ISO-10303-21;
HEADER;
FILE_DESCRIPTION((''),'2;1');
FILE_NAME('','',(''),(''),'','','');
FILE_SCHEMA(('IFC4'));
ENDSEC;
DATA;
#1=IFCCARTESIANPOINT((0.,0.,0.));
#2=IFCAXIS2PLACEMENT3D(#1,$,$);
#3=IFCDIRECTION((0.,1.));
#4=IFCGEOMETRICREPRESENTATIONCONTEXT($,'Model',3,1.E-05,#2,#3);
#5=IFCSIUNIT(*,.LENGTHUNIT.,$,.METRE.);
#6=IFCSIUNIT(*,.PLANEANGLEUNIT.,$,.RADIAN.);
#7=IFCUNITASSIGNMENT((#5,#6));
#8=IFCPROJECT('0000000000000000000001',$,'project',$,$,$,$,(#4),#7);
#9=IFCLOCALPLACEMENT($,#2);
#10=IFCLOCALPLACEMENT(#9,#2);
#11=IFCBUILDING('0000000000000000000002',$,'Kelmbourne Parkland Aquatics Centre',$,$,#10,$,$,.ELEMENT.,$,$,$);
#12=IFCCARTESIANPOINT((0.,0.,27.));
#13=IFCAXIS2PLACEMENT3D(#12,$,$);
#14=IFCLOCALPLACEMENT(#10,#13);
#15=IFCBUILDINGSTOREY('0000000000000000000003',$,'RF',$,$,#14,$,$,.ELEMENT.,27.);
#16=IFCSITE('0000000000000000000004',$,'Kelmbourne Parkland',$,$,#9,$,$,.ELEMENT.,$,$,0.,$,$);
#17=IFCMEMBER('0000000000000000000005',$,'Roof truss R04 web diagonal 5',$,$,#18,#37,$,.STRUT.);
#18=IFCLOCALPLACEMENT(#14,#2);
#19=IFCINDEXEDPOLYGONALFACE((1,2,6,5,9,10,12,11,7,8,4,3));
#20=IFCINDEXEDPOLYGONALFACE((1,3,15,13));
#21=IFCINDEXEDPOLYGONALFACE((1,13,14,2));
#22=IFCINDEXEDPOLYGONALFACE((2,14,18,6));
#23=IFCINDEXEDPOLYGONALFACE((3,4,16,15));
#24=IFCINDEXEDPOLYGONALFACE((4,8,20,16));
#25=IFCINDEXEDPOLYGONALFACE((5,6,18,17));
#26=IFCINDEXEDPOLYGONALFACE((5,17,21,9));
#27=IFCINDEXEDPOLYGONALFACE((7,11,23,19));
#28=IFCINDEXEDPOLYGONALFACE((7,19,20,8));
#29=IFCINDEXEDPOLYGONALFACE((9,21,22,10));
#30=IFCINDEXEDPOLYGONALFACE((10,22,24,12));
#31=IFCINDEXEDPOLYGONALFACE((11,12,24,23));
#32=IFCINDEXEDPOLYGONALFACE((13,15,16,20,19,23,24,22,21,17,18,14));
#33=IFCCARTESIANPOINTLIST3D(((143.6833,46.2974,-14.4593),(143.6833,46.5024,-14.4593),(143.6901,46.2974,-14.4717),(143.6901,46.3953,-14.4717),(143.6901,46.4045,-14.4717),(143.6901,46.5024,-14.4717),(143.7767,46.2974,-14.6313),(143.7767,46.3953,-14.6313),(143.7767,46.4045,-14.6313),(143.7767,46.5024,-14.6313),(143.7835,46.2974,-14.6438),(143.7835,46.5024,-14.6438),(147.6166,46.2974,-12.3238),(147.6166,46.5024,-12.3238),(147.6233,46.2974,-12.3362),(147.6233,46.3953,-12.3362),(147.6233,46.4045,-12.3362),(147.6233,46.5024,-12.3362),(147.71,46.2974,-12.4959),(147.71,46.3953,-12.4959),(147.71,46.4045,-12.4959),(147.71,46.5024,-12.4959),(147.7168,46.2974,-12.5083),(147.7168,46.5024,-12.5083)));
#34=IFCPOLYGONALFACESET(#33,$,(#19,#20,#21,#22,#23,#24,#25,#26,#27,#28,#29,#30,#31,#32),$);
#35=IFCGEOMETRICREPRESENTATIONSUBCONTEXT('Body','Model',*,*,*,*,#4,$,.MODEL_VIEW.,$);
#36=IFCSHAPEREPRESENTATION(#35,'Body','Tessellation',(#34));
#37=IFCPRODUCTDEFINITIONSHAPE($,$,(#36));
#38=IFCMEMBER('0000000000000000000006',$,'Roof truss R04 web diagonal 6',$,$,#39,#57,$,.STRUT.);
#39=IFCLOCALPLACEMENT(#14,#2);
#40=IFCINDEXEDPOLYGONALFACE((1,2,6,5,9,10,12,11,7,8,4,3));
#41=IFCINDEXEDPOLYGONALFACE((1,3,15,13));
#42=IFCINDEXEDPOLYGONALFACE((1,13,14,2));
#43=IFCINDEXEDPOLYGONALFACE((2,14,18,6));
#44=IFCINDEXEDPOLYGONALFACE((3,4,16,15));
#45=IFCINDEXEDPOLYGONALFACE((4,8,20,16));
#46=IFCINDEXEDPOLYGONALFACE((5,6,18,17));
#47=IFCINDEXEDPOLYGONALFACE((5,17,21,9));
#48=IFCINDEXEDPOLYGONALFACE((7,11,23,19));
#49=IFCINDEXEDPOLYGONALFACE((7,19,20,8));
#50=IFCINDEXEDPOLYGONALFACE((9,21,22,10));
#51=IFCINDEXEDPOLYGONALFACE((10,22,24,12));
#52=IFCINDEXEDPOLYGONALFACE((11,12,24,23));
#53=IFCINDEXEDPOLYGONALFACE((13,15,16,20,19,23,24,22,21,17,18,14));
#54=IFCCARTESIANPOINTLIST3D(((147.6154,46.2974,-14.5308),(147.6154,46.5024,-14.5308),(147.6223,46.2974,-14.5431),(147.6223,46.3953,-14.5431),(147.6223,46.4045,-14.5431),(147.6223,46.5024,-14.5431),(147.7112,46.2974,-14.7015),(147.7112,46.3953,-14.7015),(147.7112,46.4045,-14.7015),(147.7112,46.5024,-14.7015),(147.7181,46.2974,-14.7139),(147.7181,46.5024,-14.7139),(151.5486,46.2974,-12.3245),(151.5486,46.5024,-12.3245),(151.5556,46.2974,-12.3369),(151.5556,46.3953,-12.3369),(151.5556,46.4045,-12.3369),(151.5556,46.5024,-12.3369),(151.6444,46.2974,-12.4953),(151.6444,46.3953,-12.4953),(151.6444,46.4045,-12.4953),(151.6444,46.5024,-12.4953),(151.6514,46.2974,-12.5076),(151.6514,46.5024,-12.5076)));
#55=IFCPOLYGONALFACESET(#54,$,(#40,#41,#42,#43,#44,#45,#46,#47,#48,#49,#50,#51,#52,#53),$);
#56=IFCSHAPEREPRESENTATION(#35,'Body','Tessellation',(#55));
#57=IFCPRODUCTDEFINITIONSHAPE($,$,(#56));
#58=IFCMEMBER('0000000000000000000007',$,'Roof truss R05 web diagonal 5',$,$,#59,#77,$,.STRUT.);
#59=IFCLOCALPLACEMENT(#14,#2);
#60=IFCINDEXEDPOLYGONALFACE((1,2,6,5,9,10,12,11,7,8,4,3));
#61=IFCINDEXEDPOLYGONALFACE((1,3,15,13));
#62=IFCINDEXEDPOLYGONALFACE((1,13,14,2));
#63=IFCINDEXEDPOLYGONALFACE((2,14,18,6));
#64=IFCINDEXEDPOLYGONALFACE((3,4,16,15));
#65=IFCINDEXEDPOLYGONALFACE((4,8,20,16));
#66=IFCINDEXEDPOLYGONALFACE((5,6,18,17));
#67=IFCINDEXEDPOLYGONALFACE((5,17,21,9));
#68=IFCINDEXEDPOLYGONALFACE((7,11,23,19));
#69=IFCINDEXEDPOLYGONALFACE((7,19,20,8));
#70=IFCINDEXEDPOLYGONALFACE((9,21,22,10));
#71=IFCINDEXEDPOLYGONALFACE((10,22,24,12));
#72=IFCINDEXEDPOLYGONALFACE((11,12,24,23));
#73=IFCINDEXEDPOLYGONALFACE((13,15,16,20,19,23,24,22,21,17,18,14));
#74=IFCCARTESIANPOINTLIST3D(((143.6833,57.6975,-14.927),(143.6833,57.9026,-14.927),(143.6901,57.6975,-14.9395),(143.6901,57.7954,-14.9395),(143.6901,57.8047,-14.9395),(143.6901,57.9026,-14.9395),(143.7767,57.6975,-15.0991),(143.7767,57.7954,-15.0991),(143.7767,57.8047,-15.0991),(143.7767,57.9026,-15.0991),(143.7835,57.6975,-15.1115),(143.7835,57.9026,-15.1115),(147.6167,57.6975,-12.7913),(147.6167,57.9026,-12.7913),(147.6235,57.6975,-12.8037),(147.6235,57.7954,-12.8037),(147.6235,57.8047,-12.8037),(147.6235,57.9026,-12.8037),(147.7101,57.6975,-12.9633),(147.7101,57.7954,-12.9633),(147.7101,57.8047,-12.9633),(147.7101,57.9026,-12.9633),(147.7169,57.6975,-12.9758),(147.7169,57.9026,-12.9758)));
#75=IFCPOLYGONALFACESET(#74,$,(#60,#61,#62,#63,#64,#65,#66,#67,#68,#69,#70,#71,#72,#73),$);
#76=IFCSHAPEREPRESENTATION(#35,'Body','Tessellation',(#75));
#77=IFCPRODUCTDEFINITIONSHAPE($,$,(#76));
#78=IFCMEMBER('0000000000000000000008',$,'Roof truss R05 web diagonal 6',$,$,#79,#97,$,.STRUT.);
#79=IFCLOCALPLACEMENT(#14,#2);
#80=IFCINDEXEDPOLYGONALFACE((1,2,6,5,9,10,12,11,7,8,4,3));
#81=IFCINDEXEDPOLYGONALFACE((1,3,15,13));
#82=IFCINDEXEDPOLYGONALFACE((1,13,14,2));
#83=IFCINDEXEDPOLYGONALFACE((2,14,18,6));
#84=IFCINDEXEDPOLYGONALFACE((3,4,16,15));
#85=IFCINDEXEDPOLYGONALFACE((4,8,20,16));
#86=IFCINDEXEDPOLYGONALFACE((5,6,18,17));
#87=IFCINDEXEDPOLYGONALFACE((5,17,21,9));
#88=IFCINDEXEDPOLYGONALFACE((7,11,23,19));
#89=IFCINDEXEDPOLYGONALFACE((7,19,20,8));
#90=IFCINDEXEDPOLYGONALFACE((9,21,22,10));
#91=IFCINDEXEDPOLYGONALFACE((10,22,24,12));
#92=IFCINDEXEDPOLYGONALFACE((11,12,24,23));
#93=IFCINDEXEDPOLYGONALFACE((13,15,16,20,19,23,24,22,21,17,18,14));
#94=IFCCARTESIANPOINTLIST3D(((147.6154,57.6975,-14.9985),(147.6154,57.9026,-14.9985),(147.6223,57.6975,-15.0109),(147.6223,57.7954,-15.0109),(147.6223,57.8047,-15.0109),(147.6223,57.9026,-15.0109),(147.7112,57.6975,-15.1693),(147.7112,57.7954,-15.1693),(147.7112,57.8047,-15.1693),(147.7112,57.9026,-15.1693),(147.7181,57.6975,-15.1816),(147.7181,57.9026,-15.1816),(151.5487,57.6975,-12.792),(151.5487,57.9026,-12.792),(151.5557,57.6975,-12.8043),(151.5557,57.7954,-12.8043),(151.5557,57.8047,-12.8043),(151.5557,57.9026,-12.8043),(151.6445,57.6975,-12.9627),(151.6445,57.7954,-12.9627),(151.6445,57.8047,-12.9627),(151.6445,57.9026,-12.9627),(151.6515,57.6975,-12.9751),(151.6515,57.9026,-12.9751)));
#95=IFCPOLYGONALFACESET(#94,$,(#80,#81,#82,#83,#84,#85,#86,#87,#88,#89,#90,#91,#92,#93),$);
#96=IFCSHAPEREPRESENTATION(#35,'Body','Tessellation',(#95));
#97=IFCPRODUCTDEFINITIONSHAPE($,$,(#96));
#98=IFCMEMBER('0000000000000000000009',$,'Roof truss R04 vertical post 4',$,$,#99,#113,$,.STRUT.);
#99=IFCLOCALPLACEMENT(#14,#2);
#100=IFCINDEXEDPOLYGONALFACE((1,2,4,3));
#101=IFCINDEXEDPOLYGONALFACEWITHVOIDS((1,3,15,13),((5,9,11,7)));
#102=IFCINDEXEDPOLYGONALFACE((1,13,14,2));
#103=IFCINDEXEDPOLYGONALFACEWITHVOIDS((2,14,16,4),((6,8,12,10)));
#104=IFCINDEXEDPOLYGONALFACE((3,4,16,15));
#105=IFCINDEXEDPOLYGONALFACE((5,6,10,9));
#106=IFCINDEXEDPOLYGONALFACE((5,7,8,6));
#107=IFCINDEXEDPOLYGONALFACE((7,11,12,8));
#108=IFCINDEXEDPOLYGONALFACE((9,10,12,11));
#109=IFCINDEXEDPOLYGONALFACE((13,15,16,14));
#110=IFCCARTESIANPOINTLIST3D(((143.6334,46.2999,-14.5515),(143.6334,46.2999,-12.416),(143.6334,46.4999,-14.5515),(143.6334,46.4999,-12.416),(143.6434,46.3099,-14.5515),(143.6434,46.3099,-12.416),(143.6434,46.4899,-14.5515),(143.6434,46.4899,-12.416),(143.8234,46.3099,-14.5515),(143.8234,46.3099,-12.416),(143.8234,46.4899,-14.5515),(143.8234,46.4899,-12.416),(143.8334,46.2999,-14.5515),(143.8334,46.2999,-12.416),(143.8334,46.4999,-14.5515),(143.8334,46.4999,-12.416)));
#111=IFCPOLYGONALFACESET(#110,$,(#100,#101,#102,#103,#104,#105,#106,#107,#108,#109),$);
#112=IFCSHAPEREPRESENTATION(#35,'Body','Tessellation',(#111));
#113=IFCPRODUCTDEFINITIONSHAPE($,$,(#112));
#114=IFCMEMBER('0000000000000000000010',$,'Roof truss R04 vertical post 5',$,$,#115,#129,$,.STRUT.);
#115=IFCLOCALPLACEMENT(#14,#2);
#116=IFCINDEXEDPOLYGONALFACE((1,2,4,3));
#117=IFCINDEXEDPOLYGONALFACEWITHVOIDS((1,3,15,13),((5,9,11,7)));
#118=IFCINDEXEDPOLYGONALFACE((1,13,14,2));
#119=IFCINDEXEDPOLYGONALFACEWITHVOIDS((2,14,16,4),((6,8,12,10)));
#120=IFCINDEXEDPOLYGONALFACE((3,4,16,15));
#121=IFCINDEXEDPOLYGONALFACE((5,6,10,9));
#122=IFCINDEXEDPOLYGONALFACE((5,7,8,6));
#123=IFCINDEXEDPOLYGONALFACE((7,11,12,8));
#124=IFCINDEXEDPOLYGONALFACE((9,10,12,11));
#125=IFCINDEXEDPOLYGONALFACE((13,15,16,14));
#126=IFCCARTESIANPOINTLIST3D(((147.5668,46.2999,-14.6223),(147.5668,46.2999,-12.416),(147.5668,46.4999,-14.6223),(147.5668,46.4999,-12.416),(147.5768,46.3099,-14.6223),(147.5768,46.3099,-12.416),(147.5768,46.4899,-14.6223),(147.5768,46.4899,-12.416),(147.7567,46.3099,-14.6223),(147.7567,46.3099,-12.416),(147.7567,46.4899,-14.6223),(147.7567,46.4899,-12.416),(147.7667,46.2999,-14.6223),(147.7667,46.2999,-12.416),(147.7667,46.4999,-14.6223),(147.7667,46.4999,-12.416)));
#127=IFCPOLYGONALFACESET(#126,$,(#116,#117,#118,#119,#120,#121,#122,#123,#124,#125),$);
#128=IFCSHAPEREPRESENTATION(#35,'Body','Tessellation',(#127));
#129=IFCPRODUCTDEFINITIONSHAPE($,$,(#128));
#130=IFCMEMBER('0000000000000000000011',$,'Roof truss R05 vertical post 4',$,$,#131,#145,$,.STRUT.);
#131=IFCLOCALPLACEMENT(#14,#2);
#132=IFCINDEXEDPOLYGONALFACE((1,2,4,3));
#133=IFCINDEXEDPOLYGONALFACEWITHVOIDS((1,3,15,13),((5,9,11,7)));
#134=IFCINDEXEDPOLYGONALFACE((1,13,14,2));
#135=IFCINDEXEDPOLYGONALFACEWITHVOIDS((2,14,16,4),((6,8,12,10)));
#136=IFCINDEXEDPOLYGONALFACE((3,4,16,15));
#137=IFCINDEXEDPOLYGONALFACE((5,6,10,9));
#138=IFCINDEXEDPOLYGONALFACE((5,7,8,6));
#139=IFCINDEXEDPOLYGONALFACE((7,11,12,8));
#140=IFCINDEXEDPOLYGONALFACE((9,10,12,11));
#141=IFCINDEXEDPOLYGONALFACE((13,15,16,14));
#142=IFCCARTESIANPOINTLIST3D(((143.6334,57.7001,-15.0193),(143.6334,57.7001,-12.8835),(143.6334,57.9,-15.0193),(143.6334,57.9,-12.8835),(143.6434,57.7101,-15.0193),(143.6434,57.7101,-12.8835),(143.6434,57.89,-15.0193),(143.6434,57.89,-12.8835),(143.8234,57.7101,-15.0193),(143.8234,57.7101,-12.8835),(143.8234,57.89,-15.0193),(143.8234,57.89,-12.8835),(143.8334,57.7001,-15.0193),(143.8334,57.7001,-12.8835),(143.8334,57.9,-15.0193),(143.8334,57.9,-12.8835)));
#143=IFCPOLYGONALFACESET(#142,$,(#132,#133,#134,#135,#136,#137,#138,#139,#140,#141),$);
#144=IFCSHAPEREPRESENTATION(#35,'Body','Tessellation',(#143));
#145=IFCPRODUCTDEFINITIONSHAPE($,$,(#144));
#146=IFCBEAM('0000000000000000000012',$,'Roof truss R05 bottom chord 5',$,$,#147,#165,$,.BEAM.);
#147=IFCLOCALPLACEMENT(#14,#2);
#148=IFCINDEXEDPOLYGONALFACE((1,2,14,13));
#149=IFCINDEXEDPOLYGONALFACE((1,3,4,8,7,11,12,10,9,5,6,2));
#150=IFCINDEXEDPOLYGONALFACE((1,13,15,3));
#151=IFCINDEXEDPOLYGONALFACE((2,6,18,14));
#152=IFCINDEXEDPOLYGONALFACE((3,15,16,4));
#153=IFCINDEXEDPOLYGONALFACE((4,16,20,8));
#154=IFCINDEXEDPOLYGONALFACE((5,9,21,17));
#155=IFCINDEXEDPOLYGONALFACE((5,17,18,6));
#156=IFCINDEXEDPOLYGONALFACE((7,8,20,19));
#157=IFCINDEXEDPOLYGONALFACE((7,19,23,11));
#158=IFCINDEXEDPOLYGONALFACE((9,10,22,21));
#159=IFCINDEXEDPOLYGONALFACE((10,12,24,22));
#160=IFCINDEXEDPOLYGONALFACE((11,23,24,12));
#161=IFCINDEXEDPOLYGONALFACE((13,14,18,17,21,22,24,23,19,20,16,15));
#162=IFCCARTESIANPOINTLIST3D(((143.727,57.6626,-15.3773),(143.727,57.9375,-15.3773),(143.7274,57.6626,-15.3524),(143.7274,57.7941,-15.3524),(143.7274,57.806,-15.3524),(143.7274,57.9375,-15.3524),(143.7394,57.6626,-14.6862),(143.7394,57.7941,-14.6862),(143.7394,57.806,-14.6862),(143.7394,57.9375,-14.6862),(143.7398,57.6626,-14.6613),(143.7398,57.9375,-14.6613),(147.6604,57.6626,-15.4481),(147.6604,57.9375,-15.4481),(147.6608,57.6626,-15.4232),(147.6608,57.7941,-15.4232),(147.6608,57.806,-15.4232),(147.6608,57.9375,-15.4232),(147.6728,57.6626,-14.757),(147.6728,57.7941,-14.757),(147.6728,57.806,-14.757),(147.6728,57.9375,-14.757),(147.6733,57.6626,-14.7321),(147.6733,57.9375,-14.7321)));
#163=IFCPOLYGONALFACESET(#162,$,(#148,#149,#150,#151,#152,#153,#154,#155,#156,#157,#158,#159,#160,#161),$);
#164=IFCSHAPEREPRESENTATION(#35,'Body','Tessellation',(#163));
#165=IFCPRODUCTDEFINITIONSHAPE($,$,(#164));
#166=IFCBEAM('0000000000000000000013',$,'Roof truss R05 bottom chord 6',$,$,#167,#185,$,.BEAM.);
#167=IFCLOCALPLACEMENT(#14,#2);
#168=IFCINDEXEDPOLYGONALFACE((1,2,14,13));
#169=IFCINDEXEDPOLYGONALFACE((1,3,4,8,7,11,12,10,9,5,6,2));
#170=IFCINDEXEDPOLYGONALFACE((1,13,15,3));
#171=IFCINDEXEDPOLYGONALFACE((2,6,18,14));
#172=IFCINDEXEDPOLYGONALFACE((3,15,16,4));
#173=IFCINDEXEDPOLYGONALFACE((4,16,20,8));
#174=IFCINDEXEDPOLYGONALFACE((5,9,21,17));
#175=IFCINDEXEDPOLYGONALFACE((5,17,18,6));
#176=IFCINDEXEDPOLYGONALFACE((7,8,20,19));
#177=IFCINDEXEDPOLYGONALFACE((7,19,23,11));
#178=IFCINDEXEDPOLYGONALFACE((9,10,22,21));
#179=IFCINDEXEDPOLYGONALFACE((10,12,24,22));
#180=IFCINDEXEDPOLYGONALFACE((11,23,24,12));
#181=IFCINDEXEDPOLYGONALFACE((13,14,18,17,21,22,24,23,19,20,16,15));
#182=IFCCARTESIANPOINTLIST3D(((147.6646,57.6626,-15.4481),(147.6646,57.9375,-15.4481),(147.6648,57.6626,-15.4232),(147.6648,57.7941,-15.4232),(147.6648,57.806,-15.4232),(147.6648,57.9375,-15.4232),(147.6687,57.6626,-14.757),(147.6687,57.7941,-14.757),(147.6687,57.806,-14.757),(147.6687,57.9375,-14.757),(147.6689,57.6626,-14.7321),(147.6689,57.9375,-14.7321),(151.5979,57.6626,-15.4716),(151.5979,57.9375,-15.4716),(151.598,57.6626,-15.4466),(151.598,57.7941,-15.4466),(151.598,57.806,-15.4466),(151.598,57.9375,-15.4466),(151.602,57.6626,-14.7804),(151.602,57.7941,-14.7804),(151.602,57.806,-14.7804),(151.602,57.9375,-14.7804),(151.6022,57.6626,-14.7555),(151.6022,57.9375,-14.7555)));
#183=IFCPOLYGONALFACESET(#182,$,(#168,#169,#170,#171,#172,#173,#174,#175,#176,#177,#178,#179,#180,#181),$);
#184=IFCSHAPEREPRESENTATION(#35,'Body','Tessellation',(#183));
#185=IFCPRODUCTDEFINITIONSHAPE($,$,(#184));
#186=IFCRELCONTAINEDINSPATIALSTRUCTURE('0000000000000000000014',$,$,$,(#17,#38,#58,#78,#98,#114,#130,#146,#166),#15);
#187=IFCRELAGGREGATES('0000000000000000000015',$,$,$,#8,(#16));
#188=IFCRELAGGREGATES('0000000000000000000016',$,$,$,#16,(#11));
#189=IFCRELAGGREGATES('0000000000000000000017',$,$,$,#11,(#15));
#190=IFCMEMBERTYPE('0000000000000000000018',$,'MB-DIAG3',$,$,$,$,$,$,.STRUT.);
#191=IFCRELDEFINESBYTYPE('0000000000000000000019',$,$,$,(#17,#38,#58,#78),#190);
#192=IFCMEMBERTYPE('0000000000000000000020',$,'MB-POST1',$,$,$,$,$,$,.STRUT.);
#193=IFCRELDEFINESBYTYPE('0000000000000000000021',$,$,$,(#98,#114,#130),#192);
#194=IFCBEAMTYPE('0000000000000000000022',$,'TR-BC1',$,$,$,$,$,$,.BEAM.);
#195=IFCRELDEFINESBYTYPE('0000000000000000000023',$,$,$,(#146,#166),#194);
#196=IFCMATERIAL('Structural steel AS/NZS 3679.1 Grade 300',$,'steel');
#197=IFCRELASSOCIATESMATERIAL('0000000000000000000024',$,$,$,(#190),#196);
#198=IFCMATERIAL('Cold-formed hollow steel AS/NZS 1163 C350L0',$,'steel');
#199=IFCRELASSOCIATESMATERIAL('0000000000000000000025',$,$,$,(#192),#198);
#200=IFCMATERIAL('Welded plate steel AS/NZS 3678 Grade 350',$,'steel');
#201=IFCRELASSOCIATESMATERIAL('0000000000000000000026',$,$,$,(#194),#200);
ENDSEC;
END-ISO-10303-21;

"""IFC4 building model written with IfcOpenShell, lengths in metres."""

from ifc_helpers import new_model, si_unit, direction, frame, origin, origin_2d, place, context, subcontext, project, spatial, hollow_rectangle, i_section, extrude, material, material_profile, profile_set, type_object, element, save


model = new_model("IFC4")

# Units and contexts
model_context = context("Model", 3, precision=1e-05, world=origin(), true_north=direction((0.0, 1.0)))
body_context = subcontext(model_context, "Body", "Model", "MODEL_VIEW")
ifc_project = project(units=[si_unit("LENGTHUNIT", "METRE"), si_unit("PLANEANGLEUNIT", "RADIAN")], contexts=[model_context])

# Site, building, storey
site_placement = place(None, origin())
site = spatial("IfcSite", under=ifc_project, at=site_placement, Name="Kelmbourne Parkland", CompositionType="ELEMENT", RefElevation=0.0)
building_placement = place(site_placement, origin())
building = spatial("IfcBuilding", under=site, at=building_placement, Name="Kelmbourne Parkland Aquatics Centre", CompositionType="ELEMENT")
storey_placement = place(building_placement, frame((0.0, 0.0, 27.0)))
storey = spatial("IfcBuildingStorey", under=building, at=storey_placement, Name="RF", CompositionType="ELEMENT", Elevation=27.0)

# Members
ifc_material_1 = material(Name="Structural steel AS/NZS 3679.1 Grade 300", Category="steel")
ifc_material_profile_1 = material_profile(ifc_material_1, i_section(OverallWidth=0.2051, OverallDepth=0.21, WebThickness=0.0093, FlangeThickness=0.0142, at=origin_2d()), Name="200UC59.5")
ifc_profile_set_1 = profile_set([ifc_material_profile_1], Name="Structural steel AS/NZS 3679.1 Grade 300")
member_type_1 = type_object("IfcMemberType", Name="MB-DIAG3", PredefinedType="STRUT", material=ifc_profile_set_1)
member_1_placement = place(storey_placement, frame((143.7334, 46.3999, -14.5515), z_axis=(0.87883, 0.0, 0.477135), x_axis=(0.0, 1.0, 0.0)))
element("IfcMember", 1, at=member_1_placement, inside=storey, type_object=member_type_1, Name="Roof truss R04 web diagonal 5", PredefinedType="STRUT", context=body_context, shape_type="SweptSolid", body=[
    extrude(i_section(OverallWidth=0.2051, OverallDepth=0.21, WebThickness=0.0093, FlangeThickness=0.0142, at=origin_2d()), origin(), (0.0, 0.0, 1.0), 4.4756),
])
member_2_placement = place(storey_placement, frame((147.6667, 46.3999, -14.6223), z_axis=(0.872163, 0.0, 0.489215), x_axis=(0.0, 1.0, 0.0)))
element("IfcMember", 2, at=member_2_placement, inside=storey, type_object=member_type_1, Name="Roof truss R04 web diagonal 6", PredefinedType="STRUT", context=body_context, shape_type="SweptSolid", body=[
    extrude(i_section(OverallWidth=0.2051, OverallDepth=0.21, WebThickness=0.0093, FlangeThickness=0.0142, at=origin_2d()), origin(), (0.0, 0.0, 1.0), 4.5098),
])
member_3_placement = place(storey_placement, frame((143.7334, 57.8, -15.0193), z_axis=(0.878807, 0.0, 0.477177), x_axis=(0.0, 1.0, 0.0)))
element("IfcMember", 3, at=member_3_placement, inside=storey, type_object=member_type_1, Name="Roof truss R05 web diagonal 5", PredefinedType="STRUT", context=body_context, shape_type="SweptSolid", body=[
    extrude(i_section(OverallWidth=0.2051, OverallDepth=0.21, WebThickness=0.0093, FlangeThickness=0.0142, at=origin_2d()), origin(), (0.0, 0.0, 1.0), 4.4758),
])
member_4_placement = place(storey_placement, frame((147.6667, 57.8, -15.0901), z_axis=(0.87214, 0.0, 0.489256), x_axis=(0.0, 1.0, 0.0)))
element("IfcMember", 4, at=member_4_placement, inside=storey, type_object=member_type_1, Name="Roof truss R05 web diagonal 6", PredefinedType="STRUT", context=body_context, shape_type="SweptSolid", body=[
    extrude(i_section(OverallWidth=0.2051, OverallDepth=0.21, WebThickness=0.0093, FlangeThickness=0.0142, at=origin_2d()), origin(), (0.0, 0.0, 1.0), 4.51),
])
ifc_material_2 = material(Name="Cold-formed hollow steel AS/NZS 1163 C350L0", Category="steel")
ifc_material_profile_2 = material_profile(ifc_material_2, hollow_rectangle(XDim=0.2, YDim=0.2, WallThickness=0.01, at=origin_2d()), Name="SHS 200x200x10.0")
ifc_profile_set_2 = profile_set([ifc_material_profile_2], Name="Cold-formed hollow steel AS/NZS 1163 C350L0")
member_type_2 = type_object("IfcMemberType", Name="MB-POST1", PredefinedType="STRUT", material=ifc_profile_set_2)
member_5_placement = place(storey_placement, frame((143.7334, 46.3999, -14.5515), z_axis=(0.0, 0.0, 1.0), x_axis=(1.0, 0.0, 0.0)))
element("IfcMember", 5, at=member_5_placement, inside=storey, type_object=member_type_2, Name="Roof truss R04 vertical post 4", PredefinedType="STRUT", context=body_context, shape_type="SweptSolid", body=[
    extrude(hollow_rectangle(XDim=0.2, YDim=0.2, WallThickness=0.01, at=origin_2d()), origin(), (0.0, 0.0, 1.0), 2.1355),
])
member_6_placement = place(storey_placement, frame((147.6667, 46.3999, -14.6223), z_axis=(0.0, 0.0, 1.0), x_axis=(1.0, 0.0, 0.0)))
element("IfcMember", 6, at=member_6_placement, inside=storey, type_object=member_type_2, Name="Roof truss R04 vertical post 5", PredefinedType="STRUT", context=body_context, shape_type="SweptSolid", body=[
    extrude(hollow_rectangle(XDim=0.2, YDim=0.2, WallThickness=0.01, at=origin_2d()), origin(), (0.0, 0.0, 1.0), 2.2063),
])
member_7_placement = place(storey_placement, frame((143.7334, 57.8, -15.0193), z_axis=(0.0, 0.0, 1.0), x_axis=(1.0, 0.0, 0.0)))
element("IfcMember", 7, at=member_7_placement, inside=storey, type_object=member_type_2, Name="Roof truss R05 vertical post 4", PredefinedType="STRUT", context=body_context, shape_type="SweptSolid", body=[
    extrude(hollow_rectangle(XDim=0.2, YDim=0.2, WallThickness=0.01, at=origin_2d()), origin(), (0.0, 0.0, 1.0), 2.1357),
])

# Beams
ifc_material_3 = material(Name="Welded plate steel AS/NZS 3678 Grade 350", Category="steel")
ifc_material_profile_3 = material_profile(ifc_material_3, i_section(OverallWidth=0.2749, OverallDepth=0.7161, WebThickness=0.012, FlangeThickness=0.0249, at=origin_2d()), Name="700WB173")
ifc_profile_set_3 = profile_set([ifc_material_profile_3], Name="Welded plate steel AS/NZS 3678 Grade 350")
beam_type_1 = type_object("IfcBeamType", Name="TR-BC1", PredefinedType="BEAM", material=ifc_profile_set_3)
beam_1_placement = place(storey_placement, frame((143.7334, 57.8, -15.0193), z_axis=(0.999838, 0.0, -0.017997), x_axis=(0.0, 1.0, 0.0)))
element("IfcBeam", 8, at=beam_1_placement, inside=storey, type_object=beam_type_1, Name="Roof truss R05 bottom chord 5", PredefinedType="BEAM", context=body_context, shape_type="SweptSolid", body=[
    extrude(i_section(OverallWidth=0.2749, OverallDepth=0.7161, WebThickness=0.012, FlangeThickness=0.0249, at=origin_2d()), origin(), (0.0, 0.0, 1.0), 3.9341),
])
beam_2_placement = place(storey_placement, frame((147.6667, 57.8, -15.0901), z_axis=(0.999982, 0.0, -0.005959), x_axis=(0.0, 1.0, 0.0)))
element("IfcBeam", 9, at=beam_2_placement, inside=storey, type_object=beam_type_1, Name="Roof truss R05 bottom chord 6", PredefinedType="BEAM", context=body_context, shape_type="SweptSolid", body=[
    extrude(i_section(OverallWidth=0.2749, OverallDepth=0.7161, WebThickness=0.012, FlangeThickness=0.0249, at=origin_2d()), origin(), (0.0, 0.0, 1.0), 3.9333),
])

save(model, "model.ifc")
